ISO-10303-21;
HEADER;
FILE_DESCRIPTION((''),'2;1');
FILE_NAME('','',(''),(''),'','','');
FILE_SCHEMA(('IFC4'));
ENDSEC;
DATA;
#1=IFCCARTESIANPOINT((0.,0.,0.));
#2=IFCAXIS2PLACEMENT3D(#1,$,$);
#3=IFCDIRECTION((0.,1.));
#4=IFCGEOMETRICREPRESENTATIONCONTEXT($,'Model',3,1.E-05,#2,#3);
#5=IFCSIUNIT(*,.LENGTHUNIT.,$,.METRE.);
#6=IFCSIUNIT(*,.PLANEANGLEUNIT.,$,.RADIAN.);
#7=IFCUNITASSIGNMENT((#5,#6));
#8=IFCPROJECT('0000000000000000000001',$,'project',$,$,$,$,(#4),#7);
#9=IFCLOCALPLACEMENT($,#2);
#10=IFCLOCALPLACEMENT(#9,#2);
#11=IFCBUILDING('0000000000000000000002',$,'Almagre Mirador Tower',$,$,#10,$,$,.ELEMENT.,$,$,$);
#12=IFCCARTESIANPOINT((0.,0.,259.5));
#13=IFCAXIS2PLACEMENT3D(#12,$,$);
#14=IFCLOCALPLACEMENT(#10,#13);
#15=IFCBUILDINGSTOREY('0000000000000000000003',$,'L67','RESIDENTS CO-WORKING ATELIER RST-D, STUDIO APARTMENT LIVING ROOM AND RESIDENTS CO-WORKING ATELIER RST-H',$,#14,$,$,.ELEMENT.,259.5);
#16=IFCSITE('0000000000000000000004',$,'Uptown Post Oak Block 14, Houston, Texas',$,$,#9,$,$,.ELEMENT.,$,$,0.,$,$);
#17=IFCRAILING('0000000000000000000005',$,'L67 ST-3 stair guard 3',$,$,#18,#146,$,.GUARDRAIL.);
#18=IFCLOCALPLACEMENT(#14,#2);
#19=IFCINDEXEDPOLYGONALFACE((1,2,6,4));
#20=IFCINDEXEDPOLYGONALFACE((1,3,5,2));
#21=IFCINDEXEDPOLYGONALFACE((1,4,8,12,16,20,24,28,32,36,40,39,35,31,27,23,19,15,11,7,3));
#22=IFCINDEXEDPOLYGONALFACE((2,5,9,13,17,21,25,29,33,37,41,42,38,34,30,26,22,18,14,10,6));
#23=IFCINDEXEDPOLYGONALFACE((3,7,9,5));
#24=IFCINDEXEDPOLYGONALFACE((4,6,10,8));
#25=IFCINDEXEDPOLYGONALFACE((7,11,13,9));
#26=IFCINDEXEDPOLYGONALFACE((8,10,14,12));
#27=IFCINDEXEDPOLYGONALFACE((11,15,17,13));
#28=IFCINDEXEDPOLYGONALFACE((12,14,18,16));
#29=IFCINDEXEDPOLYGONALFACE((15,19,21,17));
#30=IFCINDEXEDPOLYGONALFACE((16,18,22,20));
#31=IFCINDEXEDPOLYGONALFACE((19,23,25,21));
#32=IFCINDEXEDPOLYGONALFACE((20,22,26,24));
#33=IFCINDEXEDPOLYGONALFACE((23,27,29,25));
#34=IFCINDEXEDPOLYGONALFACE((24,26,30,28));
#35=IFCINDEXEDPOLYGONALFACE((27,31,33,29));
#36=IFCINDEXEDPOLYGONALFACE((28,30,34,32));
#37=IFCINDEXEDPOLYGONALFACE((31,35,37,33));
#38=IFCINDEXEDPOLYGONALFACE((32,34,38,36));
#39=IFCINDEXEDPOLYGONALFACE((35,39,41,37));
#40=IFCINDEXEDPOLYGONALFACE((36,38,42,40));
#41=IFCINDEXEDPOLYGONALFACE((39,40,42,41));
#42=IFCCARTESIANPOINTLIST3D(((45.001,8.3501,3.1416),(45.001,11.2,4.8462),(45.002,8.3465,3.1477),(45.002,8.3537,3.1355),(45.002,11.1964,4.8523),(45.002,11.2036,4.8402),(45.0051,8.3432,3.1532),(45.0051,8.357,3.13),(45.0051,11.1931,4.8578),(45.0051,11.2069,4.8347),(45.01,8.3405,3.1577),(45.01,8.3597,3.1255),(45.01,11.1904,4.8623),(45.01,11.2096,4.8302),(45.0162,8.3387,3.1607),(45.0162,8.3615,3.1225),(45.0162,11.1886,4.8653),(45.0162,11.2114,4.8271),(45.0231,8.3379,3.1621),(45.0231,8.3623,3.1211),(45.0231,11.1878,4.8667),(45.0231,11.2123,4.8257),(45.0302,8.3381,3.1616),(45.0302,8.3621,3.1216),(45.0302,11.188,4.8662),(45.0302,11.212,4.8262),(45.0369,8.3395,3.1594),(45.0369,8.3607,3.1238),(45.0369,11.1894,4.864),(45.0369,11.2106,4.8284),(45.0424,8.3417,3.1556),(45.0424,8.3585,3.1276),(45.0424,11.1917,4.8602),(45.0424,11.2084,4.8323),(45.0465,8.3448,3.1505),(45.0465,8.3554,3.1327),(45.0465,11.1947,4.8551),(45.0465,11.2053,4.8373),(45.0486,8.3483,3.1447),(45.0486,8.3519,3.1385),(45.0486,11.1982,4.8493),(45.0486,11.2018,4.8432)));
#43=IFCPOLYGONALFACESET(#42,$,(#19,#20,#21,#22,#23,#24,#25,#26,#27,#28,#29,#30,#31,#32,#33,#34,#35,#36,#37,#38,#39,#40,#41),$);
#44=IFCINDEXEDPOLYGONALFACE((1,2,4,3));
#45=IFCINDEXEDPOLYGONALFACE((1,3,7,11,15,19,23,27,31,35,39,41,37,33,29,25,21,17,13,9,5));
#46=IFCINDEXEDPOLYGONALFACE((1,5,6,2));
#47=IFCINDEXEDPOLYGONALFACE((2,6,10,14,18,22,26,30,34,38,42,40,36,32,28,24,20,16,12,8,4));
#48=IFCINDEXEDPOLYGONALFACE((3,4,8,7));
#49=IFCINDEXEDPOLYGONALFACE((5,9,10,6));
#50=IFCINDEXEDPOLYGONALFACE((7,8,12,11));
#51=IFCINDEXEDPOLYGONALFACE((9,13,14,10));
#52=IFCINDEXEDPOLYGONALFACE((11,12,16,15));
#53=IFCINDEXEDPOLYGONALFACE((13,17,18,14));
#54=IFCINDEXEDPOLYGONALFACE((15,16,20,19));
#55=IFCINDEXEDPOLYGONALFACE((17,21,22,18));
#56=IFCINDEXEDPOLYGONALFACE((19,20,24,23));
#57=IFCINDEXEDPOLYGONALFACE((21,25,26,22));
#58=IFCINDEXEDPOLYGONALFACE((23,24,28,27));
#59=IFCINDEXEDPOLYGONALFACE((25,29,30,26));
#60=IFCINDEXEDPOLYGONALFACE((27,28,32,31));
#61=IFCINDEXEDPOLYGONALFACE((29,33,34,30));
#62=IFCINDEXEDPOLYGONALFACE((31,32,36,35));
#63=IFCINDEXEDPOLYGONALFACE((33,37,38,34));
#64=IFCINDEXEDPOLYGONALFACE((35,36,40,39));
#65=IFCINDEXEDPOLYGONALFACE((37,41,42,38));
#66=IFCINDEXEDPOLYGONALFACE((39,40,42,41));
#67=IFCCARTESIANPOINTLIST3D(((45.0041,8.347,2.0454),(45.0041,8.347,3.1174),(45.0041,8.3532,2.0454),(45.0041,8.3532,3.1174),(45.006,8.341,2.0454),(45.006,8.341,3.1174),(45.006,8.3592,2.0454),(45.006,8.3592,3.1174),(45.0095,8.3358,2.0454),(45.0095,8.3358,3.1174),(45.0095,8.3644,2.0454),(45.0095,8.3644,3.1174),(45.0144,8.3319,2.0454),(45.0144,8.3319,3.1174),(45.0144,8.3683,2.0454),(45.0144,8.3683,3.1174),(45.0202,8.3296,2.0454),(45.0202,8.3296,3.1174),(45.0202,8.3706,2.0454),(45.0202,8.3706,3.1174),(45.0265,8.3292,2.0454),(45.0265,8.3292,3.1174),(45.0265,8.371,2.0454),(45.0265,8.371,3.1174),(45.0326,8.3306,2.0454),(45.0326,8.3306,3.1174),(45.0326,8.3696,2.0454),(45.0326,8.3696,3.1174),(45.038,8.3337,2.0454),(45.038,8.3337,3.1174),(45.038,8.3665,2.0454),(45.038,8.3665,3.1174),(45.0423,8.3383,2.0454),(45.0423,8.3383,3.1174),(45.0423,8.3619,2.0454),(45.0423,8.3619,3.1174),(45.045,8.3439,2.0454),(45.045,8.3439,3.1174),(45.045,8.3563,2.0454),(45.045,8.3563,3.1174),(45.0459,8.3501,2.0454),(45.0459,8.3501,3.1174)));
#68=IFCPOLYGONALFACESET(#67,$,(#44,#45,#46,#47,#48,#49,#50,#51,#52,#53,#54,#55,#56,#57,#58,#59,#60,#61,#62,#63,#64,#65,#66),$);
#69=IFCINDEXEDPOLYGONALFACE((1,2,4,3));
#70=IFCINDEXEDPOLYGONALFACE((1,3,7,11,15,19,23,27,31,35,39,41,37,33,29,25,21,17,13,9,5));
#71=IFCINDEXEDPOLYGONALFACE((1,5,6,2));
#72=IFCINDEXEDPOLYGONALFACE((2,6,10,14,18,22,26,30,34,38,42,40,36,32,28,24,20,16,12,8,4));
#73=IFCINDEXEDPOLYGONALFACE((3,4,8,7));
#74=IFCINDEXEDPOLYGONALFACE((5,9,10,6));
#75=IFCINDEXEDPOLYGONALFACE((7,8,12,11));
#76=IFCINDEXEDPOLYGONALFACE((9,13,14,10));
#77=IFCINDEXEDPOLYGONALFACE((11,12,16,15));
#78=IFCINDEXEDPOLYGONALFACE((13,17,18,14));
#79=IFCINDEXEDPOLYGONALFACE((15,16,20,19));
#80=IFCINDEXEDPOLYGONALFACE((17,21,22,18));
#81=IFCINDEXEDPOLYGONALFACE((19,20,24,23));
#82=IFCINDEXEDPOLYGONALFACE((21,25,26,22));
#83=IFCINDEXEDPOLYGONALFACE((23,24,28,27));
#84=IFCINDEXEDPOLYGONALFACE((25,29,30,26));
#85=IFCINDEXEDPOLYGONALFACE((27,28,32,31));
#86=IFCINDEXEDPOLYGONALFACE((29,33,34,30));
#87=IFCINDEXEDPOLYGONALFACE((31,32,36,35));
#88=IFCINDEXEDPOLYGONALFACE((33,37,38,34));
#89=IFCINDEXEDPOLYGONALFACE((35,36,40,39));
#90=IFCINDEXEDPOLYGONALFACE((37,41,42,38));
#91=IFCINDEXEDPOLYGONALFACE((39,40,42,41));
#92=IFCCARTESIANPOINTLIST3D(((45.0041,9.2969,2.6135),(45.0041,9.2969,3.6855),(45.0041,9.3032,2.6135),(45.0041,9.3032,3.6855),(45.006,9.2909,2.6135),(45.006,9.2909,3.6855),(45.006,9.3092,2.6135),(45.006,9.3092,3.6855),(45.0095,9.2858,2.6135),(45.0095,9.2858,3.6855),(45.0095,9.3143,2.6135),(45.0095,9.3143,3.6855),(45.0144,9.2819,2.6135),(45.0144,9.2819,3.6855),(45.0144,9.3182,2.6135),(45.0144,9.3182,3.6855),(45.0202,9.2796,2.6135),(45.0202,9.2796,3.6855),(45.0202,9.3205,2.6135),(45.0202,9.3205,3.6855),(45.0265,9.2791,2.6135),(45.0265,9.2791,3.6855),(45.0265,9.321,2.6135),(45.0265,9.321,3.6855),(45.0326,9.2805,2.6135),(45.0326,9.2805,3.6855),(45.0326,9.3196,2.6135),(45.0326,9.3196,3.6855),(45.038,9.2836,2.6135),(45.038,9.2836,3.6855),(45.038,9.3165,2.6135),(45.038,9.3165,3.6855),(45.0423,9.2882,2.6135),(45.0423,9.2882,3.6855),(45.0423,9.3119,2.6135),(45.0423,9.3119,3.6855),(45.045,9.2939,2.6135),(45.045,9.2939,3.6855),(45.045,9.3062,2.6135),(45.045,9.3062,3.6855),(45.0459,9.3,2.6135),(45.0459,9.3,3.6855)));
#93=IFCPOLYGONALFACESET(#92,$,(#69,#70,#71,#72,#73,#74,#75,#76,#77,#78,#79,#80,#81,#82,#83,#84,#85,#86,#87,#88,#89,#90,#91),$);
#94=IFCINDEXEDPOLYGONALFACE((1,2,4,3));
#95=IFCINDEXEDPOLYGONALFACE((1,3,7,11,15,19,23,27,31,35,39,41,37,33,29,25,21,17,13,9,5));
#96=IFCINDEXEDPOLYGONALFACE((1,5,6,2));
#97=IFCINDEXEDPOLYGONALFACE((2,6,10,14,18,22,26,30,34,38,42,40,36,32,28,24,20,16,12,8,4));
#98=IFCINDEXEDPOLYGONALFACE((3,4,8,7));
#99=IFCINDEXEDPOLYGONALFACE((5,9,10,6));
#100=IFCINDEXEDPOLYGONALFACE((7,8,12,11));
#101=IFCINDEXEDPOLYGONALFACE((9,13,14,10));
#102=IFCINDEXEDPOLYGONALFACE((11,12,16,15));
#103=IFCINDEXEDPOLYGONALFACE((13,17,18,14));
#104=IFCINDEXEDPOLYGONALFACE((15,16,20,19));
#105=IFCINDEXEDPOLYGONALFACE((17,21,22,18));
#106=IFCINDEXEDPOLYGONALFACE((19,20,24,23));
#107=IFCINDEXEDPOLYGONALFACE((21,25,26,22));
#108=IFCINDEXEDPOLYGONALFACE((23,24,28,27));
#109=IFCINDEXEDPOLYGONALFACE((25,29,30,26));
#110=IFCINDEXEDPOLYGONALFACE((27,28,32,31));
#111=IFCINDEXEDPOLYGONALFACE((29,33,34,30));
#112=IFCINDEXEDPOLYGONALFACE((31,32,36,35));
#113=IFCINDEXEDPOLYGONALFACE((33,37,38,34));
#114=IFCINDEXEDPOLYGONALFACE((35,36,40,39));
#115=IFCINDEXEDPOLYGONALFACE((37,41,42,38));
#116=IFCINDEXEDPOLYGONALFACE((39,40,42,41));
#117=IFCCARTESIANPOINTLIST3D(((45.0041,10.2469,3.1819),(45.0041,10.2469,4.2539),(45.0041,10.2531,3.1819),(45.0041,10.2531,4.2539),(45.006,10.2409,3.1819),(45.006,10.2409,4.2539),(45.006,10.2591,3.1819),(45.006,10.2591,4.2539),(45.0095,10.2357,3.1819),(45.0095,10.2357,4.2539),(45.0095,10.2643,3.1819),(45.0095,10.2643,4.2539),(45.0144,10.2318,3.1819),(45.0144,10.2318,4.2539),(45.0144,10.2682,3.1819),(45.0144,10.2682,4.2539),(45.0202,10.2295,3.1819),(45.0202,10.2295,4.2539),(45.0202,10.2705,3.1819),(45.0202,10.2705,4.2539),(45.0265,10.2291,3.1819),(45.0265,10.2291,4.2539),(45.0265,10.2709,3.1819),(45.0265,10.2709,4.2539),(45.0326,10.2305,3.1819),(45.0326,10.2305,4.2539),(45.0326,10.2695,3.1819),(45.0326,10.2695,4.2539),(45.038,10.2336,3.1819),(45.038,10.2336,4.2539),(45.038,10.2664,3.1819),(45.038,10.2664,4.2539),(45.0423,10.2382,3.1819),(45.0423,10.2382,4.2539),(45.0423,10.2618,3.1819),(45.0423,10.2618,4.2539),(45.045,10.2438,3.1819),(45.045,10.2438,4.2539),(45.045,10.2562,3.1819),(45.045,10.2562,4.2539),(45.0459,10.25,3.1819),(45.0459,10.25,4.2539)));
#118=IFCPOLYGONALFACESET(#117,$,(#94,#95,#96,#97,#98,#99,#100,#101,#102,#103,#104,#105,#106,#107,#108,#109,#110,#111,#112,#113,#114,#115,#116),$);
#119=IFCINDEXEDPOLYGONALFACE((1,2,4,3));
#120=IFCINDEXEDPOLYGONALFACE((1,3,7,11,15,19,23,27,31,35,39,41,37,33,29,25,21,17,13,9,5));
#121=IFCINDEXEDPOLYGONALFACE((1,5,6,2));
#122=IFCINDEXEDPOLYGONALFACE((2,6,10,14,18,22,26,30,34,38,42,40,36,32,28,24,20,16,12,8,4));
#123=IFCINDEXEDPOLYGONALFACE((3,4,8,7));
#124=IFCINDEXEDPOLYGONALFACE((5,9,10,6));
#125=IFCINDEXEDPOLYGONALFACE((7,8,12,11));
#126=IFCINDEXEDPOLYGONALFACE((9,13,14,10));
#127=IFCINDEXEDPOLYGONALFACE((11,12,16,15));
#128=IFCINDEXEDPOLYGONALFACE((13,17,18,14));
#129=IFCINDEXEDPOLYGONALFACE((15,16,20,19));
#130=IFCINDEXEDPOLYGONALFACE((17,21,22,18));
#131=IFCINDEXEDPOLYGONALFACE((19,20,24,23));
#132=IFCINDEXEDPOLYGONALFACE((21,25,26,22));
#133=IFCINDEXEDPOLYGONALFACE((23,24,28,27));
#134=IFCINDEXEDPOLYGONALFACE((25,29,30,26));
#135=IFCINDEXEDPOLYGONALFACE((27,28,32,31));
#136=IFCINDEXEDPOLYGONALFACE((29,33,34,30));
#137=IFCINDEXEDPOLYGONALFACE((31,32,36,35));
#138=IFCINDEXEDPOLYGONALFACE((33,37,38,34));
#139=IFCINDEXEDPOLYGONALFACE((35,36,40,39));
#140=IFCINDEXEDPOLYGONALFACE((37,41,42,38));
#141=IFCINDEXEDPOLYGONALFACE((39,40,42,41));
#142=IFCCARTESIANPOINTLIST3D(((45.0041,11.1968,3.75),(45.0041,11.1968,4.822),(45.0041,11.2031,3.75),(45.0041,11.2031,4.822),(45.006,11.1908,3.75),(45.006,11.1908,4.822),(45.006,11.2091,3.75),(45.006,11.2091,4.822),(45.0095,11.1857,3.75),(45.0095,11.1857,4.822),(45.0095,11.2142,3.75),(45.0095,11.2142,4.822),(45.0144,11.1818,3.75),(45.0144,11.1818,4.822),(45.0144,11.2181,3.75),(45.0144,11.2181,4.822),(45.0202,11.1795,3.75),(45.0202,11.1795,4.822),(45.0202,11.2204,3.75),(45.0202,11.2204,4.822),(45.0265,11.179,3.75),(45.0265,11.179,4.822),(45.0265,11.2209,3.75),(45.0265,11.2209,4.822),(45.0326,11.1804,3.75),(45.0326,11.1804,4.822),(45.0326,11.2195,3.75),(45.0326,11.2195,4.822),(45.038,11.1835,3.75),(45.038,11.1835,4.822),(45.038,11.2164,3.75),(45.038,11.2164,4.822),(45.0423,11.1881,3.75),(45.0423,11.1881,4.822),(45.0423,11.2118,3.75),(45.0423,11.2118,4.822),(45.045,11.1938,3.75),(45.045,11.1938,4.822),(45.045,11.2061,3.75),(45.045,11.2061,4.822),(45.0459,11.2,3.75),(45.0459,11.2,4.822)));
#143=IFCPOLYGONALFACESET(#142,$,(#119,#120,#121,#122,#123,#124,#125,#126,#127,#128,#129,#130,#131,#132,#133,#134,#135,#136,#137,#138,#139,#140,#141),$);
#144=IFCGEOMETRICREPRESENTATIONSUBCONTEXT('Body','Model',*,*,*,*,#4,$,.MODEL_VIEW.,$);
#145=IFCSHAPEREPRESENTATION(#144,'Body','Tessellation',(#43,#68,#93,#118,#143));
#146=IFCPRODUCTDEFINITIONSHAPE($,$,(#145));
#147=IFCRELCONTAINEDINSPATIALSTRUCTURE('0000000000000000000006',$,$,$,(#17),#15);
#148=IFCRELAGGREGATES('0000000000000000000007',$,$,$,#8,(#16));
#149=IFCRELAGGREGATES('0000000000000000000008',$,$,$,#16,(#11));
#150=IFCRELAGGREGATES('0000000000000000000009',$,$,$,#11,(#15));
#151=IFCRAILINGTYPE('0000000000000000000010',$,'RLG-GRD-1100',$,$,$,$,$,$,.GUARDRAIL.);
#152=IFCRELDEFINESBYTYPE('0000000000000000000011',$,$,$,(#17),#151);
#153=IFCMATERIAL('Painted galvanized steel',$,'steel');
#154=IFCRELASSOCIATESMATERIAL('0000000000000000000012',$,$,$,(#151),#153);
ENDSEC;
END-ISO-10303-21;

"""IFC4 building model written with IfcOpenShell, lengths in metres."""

from ifc_helpers import new_model, si_unit, direction, frame, origin, origin_2d, place, context, subcontext, project, spatial, circle, extrude, material, type_object, element, save


model = new_model("IFC4")

# Units and contexts
model_context = context("Model", 3, precision=1e-05, world=origin(), true_north=direction((0.0, 1.0)))
body_context = subcontext(model_context, "Body", "Model", "MODEL_VIEW")
ifc_project = project(units=[si_unit("LENGTHUNIT", "METRE"), si_unit("PLANEANGLEUNIT", "RADIAN")], contexts=[model_context])

# Site, building, storey
site_placement = place(None, origin())
site = spatial("IfcSite", under=ifc_project, at=site_placement, Name="Uptown Post Oak Block 14, Houston, Texas", CompositionType="ELEMENT", RefElevation=0.0)
building_placement = place(site_placement, origin())
building = spatial("IfcBuilding", under=site, at=building_placement, Name="Almagre Mirador Tower", CompositionType="ELEMENT")
storey_placement = place(building_placement, frame((0.0, 0.0, 259.5)))
storey = spatial("IfcBuildingStorey", under=building, at=storey_placement, Name="L67", Description="RESIDENTS CO-WORKING ATELIER RST-D, STUDIO APARTMENT LIVING ROOM AND RESIDENTS CO-WORKING ATELIER RST-H", CompositionType="ELEMENT", Elevation=259.5)

# Railing
ifc_material_1 = material(Name="Painted galvanized steel", Category="steel")
railing_type_1 = type_object("IfcRailingType", Name="RLG-GRD-1100", PredefinedType="GUARDRAIL", material=ifc_material_1)
railing_1_placement = place(storey_placement, frame((45.0249, 8.3501, 2.0454)))
element("IfcRailing", 1, at=railing_1_placement, inside=storey, type_object=railing_type_1, Name="L67 ST-3 stair guard 3", PredefinedType="GUARDRAIL", context=body_context, shape_type="SweptSolid", body=[
    extrude(circle(Radius=0.0239, at=origin_2d()), frame((0.0, 0.0, 1.0962), z_axis=(0.0, 0.858199, 0.513317), x_axis=(-1.0, 0.0, 0.0)), (0.0, 0.0, 1.0), 3.3208),
    extrude(circle(Radius=0.021, at=origin_2d()), origin(), (0.0, 0.0, 1.0), 1.072),
    extrude(circle(Radius=0.021, at=origin_2d()), frame((0.0, 0.95, 0.5681)), (0.0, 0.0, 1.0), 1.072),
    extrude(circle(Radius=0.021, at=origin_2d()), frame((0.0, 1.8999, 1.1365)), (0.0, 0.0, 1.0), 1.072),
    extrude(circle(Radius=0.021, at=origin_2d()), frame((0.0, 2.8499, 1.7046)), (0.0, 0.0, 1.0), 1.072),
])

save(model, "model.ifc")
